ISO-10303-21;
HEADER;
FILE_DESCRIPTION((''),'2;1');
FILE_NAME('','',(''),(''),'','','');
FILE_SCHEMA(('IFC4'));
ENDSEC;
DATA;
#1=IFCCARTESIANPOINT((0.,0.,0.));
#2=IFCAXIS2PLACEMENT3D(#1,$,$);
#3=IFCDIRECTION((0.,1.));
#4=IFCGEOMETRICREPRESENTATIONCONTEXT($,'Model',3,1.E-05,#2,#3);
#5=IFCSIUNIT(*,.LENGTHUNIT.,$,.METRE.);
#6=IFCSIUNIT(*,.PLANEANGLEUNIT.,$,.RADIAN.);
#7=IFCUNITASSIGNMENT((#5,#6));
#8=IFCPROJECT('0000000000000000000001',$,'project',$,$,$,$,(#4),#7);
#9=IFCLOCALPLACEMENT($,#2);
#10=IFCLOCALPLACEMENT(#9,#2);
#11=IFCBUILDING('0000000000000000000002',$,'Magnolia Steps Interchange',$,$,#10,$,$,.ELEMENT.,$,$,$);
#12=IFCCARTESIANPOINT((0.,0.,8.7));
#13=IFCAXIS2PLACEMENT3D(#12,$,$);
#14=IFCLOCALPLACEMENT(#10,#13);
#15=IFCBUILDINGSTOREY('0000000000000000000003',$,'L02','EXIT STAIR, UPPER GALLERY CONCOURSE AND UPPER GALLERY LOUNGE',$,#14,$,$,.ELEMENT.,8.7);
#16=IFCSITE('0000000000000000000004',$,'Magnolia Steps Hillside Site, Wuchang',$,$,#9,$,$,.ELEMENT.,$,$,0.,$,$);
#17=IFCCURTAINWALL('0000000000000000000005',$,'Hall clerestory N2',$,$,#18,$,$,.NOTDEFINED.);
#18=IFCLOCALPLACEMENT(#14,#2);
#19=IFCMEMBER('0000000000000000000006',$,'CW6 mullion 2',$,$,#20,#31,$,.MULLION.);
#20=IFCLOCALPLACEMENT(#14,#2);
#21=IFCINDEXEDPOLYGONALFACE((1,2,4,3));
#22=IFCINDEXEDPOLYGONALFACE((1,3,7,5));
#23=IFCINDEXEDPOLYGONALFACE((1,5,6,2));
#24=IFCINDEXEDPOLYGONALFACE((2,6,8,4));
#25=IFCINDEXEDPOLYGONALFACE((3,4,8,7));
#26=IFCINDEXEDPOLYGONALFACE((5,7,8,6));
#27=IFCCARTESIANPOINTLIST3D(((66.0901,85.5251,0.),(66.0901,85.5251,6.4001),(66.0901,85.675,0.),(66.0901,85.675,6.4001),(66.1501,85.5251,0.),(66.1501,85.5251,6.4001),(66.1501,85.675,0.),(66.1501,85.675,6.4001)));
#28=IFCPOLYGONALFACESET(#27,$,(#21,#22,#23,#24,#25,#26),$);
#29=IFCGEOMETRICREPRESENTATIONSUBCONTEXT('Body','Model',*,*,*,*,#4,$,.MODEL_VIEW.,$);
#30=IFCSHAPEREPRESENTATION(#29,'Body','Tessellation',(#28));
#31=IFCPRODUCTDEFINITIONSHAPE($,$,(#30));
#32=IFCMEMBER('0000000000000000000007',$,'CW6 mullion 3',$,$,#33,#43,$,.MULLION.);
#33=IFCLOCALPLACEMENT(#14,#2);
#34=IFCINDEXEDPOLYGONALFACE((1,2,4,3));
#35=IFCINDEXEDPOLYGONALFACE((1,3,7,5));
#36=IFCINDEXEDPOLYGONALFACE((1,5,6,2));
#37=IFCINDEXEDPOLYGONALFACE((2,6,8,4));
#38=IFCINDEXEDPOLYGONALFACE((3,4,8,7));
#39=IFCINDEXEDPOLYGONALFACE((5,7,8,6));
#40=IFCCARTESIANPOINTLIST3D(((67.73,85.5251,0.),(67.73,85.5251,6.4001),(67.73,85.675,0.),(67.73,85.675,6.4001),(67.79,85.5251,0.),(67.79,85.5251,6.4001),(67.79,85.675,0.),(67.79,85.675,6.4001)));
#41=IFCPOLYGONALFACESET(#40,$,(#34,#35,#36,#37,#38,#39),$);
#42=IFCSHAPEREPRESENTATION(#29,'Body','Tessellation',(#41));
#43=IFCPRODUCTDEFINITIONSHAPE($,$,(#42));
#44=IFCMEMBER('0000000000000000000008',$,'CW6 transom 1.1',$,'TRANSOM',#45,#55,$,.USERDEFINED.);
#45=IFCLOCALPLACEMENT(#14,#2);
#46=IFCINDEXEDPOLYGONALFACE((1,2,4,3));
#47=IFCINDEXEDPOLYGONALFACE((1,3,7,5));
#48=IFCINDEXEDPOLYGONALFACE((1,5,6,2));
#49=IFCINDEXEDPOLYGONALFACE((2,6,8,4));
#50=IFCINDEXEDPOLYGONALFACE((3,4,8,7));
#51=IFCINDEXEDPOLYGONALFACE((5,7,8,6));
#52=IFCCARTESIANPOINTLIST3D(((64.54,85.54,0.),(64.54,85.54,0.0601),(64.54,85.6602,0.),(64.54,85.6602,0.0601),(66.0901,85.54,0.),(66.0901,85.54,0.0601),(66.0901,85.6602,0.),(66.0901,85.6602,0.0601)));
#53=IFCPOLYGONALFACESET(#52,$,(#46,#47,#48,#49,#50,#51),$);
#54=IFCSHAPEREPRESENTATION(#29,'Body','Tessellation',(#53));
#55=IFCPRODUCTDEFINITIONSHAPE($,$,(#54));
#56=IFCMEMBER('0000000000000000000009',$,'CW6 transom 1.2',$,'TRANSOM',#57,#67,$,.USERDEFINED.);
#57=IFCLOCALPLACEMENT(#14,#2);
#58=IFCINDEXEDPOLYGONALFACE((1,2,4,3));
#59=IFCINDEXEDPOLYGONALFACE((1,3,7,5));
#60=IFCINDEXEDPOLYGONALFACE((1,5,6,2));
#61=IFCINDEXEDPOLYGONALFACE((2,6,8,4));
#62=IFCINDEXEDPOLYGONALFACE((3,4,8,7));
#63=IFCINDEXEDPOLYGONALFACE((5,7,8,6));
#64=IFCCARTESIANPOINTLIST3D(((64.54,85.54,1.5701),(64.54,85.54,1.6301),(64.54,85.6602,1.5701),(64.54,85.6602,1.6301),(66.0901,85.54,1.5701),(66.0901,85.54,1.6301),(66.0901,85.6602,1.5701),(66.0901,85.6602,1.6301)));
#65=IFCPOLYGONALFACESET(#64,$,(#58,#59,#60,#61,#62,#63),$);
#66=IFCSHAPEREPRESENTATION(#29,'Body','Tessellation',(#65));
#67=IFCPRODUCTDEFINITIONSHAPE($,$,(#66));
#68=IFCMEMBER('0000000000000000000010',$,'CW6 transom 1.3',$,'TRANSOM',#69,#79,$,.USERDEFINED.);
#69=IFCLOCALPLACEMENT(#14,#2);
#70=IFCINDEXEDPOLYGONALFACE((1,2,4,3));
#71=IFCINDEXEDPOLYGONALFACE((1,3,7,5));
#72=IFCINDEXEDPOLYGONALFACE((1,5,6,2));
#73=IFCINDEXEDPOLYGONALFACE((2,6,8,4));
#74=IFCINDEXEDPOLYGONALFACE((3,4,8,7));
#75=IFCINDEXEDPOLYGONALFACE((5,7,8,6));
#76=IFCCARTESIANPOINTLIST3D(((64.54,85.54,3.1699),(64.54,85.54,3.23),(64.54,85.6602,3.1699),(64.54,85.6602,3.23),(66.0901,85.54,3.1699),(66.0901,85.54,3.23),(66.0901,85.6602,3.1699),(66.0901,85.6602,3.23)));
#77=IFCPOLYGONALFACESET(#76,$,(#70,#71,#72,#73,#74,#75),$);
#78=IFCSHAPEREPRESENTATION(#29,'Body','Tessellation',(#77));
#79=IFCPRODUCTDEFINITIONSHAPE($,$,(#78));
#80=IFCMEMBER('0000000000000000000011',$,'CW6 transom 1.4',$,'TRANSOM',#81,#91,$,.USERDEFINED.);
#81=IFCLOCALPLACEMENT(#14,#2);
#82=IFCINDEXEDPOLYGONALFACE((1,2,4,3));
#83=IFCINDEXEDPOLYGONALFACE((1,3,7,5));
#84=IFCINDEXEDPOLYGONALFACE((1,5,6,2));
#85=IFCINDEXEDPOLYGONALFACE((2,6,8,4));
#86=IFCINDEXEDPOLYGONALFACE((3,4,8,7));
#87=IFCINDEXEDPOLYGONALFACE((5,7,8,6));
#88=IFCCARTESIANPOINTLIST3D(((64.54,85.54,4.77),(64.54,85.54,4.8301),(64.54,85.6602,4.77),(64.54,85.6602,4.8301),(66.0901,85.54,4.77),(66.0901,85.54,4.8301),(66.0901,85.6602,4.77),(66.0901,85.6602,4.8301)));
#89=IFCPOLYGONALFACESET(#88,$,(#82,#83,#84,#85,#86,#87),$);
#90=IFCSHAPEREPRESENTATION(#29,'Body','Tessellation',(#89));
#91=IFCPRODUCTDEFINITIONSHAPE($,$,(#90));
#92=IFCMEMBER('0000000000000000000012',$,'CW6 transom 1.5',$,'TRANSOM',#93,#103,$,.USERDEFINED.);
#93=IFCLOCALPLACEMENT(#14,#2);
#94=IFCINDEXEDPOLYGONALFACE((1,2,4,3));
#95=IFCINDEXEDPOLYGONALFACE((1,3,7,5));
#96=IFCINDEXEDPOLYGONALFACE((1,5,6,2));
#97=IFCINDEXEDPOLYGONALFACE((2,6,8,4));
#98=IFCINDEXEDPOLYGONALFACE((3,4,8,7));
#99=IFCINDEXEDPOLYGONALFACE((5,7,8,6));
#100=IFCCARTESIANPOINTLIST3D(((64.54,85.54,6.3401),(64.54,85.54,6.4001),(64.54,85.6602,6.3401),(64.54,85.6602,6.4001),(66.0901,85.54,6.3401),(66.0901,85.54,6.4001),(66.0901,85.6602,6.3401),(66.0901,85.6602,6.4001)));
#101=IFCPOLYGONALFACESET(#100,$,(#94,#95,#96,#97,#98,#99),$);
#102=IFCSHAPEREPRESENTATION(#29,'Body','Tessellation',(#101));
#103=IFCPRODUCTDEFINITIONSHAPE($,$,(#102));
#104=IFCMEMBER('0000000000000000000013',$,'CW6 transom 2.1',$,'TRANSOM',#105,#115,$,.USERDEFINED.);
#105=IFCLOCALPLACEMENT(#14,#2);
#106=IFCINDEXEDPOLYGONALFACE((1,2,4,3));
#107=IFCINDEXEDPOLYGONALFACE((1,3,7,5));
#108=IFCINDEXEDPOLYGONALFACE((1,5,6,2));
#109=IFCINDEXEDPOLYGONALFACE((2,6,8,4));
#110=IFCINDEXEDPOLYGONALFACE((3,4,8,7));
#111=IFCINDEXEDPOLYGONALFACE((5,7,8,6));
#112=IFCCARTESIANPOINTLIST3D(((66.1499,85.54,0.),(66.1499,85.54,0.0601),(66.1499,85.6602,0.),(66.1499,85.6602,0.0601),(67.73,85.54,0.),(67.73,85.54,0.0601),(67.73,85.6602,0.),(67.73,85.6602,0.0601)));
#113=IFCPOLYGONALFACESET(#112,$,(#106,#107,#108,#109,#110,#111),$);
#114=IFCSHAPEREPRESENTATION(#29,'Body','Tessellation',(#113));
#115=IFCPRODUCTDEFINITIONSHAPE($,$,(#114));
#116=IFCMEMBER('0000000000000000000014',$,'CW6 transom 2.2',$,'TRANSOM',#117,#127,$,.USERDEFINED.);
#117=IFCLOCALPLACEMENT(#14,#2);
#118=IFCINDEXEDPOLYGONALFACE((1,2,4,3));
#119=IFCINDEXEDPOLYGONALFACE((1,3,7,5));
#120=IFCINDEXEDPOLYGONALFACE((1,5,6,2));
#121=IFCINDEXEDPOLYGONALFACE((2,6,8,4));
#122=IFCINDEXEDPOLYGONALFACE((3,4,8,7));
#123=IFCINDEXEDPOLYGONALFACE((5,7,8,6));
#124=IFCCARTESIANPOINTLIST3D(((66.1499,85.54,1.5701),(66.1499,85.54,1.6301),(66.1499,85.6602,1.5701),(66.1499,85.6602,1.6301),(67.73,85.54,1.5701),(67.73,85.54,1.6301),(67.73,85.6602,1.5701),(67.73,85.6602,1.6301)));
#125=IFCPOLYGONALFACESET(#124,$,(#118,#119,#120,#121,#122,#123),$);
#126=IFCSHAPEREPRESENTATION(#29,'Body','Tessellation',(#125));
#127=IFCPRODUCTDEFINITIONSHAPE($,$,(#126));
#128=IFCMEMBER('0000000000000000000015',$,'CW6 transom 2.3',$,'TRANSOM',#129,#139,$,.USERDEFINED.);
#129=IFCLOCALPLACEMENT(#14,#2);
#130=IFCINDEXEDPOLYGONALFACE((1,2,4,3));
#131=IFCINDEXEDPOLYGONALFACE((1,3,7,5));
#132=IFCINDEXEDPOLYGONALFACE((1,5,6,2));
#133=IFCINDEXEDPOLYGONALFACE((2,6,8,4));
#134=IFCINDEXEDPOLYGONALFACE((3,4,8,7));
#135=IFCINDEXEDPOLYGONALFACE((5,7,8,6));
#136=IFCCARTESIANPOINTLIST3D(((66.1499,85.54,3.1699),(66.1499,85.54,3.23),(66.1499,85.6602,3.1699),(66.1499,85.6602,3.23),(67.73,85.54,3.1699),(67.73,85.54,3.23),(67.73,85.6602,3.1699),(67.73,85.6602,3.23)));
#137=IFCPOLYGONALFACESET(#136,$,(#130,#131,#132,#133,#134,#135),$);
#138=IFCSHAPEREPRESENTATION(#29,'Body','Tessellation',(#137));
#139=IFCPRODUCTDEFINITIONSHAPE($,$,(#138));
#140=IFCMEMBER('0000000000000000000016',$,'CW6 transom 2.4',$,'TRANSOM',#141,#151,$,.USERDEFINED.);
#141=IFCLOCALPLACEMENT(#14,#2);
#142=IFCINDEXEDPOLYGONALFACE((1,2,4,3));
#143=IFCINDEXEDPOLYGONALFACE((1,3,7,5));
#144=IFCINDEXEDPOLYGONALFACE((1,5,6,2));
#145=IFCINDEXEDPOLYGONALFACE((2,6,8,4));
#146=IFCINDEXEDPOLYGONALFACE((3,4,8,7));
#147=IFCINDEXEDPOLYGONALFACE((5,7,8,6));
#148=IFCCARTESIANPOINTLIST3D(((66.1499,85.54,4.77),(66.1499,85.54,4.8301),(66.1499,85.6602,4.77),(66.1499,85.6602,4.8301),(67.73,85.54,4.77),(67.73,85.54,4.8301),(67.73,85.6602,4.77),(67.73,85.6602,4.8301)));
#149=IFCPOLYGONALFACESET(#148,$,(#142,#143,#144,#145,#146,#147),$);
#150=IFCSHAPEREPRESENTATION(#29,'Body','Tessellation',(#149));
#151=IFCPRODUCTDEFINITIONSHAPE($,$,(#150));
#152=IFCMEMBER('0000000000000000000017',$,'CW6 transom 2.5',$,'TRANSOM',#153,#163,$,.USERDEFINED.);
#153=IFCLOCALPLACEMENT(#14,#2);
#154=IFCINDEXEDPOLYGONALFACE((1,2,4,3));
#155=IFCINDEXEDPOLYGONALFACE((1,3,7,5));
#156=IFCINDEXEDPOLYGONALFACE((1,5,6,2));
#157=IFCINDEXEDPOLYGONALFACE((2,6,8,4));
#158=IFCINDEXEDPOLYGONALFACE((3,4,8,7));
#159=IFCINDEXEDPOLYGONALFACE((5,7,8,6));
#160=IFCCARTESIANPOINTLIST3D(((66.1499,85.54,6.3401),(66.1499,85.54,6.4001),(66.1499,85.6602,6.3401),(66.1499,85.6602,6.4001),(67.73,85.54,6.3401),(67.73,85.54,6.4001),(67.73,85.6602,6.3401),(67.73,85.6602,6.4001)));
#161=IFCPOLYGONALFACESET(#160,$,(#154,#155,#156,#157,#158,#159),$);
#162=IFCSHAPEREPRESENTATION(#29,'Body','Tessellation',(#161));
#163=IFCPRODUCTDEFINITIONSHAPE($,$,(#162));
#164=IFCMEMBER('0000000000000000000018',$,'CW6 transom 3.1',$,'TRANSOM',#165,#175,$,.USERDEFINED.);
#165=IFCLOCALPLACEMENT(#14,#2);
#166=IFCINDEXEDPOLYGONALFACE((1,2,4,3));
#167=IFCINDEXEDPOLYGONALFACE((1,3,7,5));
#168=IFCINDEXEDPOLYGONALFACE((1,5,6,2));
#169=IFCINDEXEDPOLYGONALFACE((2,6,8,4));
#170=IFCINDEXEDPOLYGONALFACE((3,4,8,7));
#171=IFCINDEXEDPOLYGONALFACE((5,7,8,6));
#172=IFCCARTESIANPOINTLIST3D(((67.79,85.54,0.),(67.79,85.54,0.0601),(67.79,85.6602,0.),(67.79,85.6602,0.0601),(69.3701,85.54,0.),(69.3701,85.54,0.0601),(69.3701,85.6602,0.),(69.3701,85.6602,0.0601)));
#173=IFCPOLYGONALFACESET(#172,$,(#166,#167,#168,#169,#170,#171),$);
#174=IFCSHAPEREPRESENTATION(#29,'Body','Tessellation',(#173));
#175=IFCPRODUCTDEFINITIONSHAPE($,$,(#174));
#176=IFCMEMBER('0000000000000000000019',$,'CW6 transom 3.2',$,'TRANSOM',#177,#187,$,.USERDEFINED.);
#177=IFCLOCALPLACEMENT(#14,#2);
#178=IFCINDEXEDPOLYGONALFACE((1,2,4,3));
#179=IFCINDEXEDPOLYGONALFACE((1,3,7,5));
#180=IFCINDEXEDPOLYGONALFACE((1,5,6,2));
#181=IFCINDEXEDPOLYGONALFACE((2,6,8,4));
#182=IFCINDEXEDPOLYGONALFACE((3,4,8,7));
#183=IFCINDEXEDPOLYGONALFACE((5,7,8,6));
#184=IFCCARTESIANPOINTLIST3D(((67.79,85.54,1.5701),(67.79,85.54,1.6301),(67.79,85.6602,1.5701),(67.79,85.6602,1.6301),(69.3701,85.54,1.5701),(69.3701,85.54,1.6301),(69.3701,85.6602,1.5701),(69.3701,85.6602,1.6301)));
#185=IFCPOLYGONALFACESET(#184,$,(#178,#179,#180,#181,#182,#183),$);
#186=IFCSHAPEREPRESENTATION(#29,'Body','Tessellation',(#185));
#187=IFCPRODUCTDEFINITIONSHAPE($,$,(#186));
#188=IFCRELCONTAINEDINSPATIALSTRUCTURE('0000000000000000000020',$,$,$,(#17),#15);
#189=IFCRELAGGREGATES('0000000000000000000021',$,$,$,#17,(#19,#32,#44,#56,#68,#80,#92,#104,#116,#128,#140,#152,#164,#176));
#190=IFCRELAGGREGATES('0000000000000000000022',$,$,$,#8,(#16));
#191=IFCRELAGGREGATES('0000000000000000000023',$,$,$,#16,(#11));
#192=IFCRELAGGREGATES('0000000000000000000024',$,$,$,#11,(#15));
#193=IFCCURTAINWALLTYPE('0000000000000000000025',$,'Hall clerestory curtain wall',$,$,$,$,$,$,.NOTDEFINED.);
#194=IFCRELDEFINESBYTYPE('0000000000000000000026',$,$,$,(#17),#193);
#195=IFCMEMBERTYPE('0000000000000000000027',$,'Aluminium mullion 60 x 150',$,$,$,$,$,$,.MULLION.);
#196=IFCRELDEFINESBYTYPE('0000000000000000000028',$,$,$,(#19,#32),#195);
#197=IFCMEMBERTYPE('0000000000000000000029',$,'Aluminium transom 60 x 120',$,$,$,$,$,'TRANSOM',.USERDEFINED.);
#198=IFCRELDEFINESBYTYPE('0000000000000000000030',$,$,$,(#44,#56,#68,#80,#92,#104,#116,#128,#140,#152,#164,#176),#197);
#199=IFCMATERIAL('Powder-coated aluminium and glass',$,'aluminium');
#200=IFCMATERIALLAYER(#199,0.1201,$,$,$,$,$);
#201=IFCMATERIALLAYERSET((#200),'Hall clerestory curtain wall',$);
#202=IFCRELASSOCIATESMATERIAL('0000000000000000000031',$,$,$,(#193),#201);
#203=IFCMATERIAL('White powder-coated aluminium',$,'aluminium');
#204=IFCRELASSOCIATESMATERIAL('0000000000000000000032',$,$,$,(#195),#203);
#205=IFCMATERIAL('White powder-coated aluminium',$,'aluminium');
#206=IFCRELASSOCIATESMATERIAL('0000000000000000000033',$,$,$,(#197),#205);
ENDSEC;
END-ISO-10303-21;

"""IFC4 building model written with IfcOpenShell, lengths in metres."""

from ifc_helpers import new_model, si_unit, direction, frame, origin, origin_2d, place, context, subcontext, project, spatial, rectangle, extrude, material, layer, layer_set, material_profile, profile_set, type_object, element, aggregate, save


model = new_model("IFC4")

# Units and contexts
model_context = context("Model", 3, precision=1e-05, world=origin(), true_north=direction((0.0, 1.0)))
body_context = subcontext(model_context, "Body", "Model", "MODEL_VIEW")
ifc_project = project(units=[si_unit("LENGTHUNIT", "METRE"), si_unit("PLANEANGLEUNIT", "RADIAN")], contexts=[model_context])

# Site, building, storey
site_placement = place(None, origin())
site = spatial("IfcSite", under=ifc_project, at=site_placement, Name="Magnolia Steps Hillside Site, Wuchang", CompositionType="ELEMENT", RefElevation=0.0)
building_placement = place(site_placement, origin())
building = spatial("IfcBuilding", under=site, at=building_placement, Name="Magnolia Steps Interchange", CompositionType="ELEMENT")
storey_placement = place(building_placement, frame((0.0, 0.0, 8.7)))
storey = spatial("IfcBuildingStorey", under=building, at=storey_placement, Name="L02", Description="EXIT STAIR, UPPER GALLERY CONCOURSE AND UPPER GALLERY LOUNGE", CompositionType="ELEMENT", Elevation=8.7)

# Curtain wall, members
ifc_material_1 = material(Name="Powder-coated aluminium and glass", Category="aluminium")
ifc_layer_1 = layer(ifc_material_1, 0.1201)
ifc_layer_set_1 = layer_set([ifc_layer_1], Name="Hall clerestory curtain wall")
curtain_wall_type = type_object("IfcCurtainWallType", Name="Hall clerestory curtain wall", PredefinedType="NOTDEFINED", material=ifc_layer_set_1)
curtain_wall_placement = place(storey_placement, origin())
curtain_wall = element("IfcCurtainWall", 1, at=curtain_wall_placement, inside=storey, type_object=curtain_wall_type, Name="Hall clerestory N2", PredefinedType="NOTDEFINED")
ifc_material_2 = material(Name="White powder-coated aluminium", Category="aluminium")
ifc_material_profile_1 = material_profile(ifc_material_2, rectangle(XDim=0.0601, YDim=0.1499, at=origin_2d()), Name="Aluminium mullion 60 x 150")
ifc_profile_set_1 = profile_set([ifc_material_profile_1], Name="White powder-coated aluminium")
member_type_1 = type_object("IfcMemberType", Name="Aluminium mullion 60 x 150", PredefinedType="MULLION", material=ifc_profile_set_1)
member_1_placement = place(storey_placement, frame((66.1201, 85.6001, 0.0), z_axis=(0.0, 0.0, 1.0), x_axis=(1.0, 0.0, 0.0)))
member_1 = element("IfcMember", 2, at=member_1_placement, type_object=member_type_1, Name="CW6 mullion 2", PredefinedType="MULLION", context=body_context, shape_type="SweptSolid", body=[
    extrude(rectangle(XDim=0.0601, YDim=0.1499, at=origin_2d()), origin(), (0.0, 0.0, 1.0), 6.4001),
])
member_2_placement = place(storey_placement, frame((67.76, 85.6001, 0.0), z_axis=(0.0, 0.0, 1.0), x_axis=(1.0, 0.0, 0.0)))
member_2 = element("IfcMember", 3, at=member_2_placement, type_object=member_type_1, Name="CW6 mullion 3", PredefinedType="MULLION", context=body_context, shape_type="SweptSolid", body=[
    extrude(rectangle(XDim=0.0601, YDim=0.1499, at=origin_2d()), origin(), (0.0, 0.0, 1.0), 6.4001),
])
ifc_material_3 = material(Name="White powder-coated aluminium", Category="aluminium")
ifc_material_profile_2 = material_profile(ifc_material_3, rectangle(XDim=0.0601, YDim=0.1201, at=origin_2d()), Name="Aluminium transom 60 x 120")
ifc_profile_set_2 = profile_set([ifc_material_profile_2], Name="White powder-coated aluminium")
member_type_2 = type_object("IfcMemberType", Name="Aluminium transom 60 x 120", ElementType="TRANSOM", PredefinedType="USERDEFINED", material=ifc_profile_set_2)
member_3_placement = place(storey_placement, frame((64.54, 85.6001, 0.03), z_axis=(1.0, 0.0, 0.0), x_axis=(0.0, 0.0, 1.0)))
member_3 = element("IfcMember", 4, at=member_3_placement, type_object=member_type_2, Name="CW6 transom 1.1", ObjectType="TRANSOM", PredefinedType="USERDEFINED", context=body_context, shape_type="SweptSolid", body=[
    extrude(rectangle(XDim=0.0601, YDim=0.1201, at=origin_2d()), origin(), (0.0, 0.0, 1.0), 1.55),
])
member_4_placement = place(storey_placement, frame((64.54, 85.6001, 1.6001), z_axis=(1.0, 0.0, 0.0), x_axis=(0.0, 0.0, 1.0)))
member_4 = element("IfcMember", 5, at=member_4_placement, type_object=member_type_2, Name="CW6 transom 1.2", ObjectType="TRANSOM", PredefinedType="USERDEFINED", context=body_context, shape_type="SweptSolid", body=[
    extrude(rectangle(XDim=0.0601, YDim=0.1201, at=origin_2d()), origin(), (0.0, 0.0, 1.0), 1.55),
])
member_5_placement = place(storey_placement, frame((64.54, 85.6001, 3.2), z_axis=(1.0, 0.0, 0.0), x_axis=(0.0, 0.0, 1.0)))
member_5 = element("IfcMember", 6, at=member_5_placement, type_object=member_type_2, Name="CW6 transom 1.3", ObjectType="TRANSOM", PredefinedType="USERDEFINED", context=body_context, shape_type="SweptSolid", body=[
    extrude(rectangle(XDim=0.0601, YDim=0.1201, at=origin_2d()), origin(), (0.0, 0.0, 1.0), 1.55),
])
member_6_placement = place(storey_placement, frame((64.54, 85.6001, 4.8), z_axis=(1.0, 0.0, 0.0), x_axis=(0.0, 0.0, 1.0)))
member_6 = element("IfcMember", 7, at=member_6_placement, type_object=member_type_2, Name="CW6 transom 1.4", ObjectType="TRANSOM", PredefinedType="USERDEFINED", context=body_context, shape_type="SweptSolid", body=[
    extrude(rectangle(XDim=0.0601, YDim=0.1201, at=origin_2d()), origin(), (0.0, 0.0, 1.0), 1.55),
])
member_7_placement = place(storey_placement, frame((64.54, 85.6001, 6.3701), z_axis=(1.0, 0.0, 0.0), x_axis=(0.0, 0.0, 1.0)))
member_7 = element("IfcMember", 8, at=member_7_placement, type_object=member_type_2, Name="CW6 transom 1.5", ObjectType="TRANSOM", PredefinedType="USERDEFINED", context=body_context, shape_type="SweptSolid", body=[
    extrude(rectangle(XDim=0.0601, YDim=0.1201, at=origin_2d()), origin(), (0.0, 0.0, 1.0), 1.55),
])
member_8_placement = place(storey_placement, frame((66.1499, 85.6001, 0.03), z_axis=(1.0, 0.0, 0.0), x_axis=(0.0, 0.0, 1.0)))
member_8 = element("IfcMember", 9, at=member_8_placement, type_object=member_type_2, Name="CW6 transom 2.1", ObjectType="TRANSOM", PredefinedType="USERDEFINED", context=body_context, shape_type="SweptSolid", body=[
    extrude(rectangle(XDim=0.0601, YDim=0.1201, at=origin_2d()), origin(), (0.0, 0.0, 1.0), 1.5801),
])
member_9_placement = place(storey_placement, frame((66.1499, 85.6001, 1.6001), z_axis=(1.0, 0.0, 0.0), x_axis=(0.0, 0.0, 1.0)))
member_9 = element("IfcMember", 10, at=member_9_placement, type_object=member_type_2, Name="CW6 transom 2.2", ObjectType="TRANSOM", PredefinedType="USERDEFINED", context=body_context, shape_type="SweptSolid", body=[
    extrude(rectangle(XDim=0.0601, YDim=0.1201, at=origin_2d()), origin(), (0.0, 0.0, 1.0), 1.5801),
])
member_10_placement = place(storey_placement, frame((66.1499, 85.6001, 3.2), z_axis=(1.0, 0.0, 0.0), x_axis=(0.0, 0.0, 1.0)))
member_10 = element("IfcMember", 11, at=member_10_placement, type_object=member_type_2, Name="CW6 transom 2.3", ObjectType="TRANSOM", PredefinedType="USERDEFINED", context=body_context, shape_type="SweptSolid", body=[
    extrude(rectangle(XDim=0.0601, YDim=0.1201, at=origin_2d()), origin(), (0.0, 0.0, 1.0), 1.5801),
])
member_11_placement = place(storey_placement, frame((66.1499, 85.6001, 4.8), z_axis=(1.0, 0.0, 0.0), x_axis=(0.0, 0.0, 1.0)))
member_11 = element("IfcMember", 12, at=member_11_placement, type_object=member_type_2, Name="CW6 transom 2.4", ObjectType="TRANSOM", PredefinedType="USERDEFINED", context=body_context, shape_type="SweptSolid", body=[
    extrude(rectangle(XDim=0.0601, YDim=0.1201, at=origin_2d()), origin(), (0.0, 0.0, 1.0), 1.5801),
])
member_12_placement = place(storey_placement, frame((66.1499, 85.6001, 6.3701), z_axis=(1.0, 0.0, 0.0), x_axis=(0.0, 0.0, 1.0)))
member_12 = element("IfcMember", 13, at=member_12_placement, type_object=member_type_2, Name="CW6 transom 2.5", ObjectType="TRANSOM", PredefinedType="USERDEFINED", context=body_context, shape_type="SweptSolid", body=[
    extrude(rectangle(XDim=0.0601, YDim=0.1201, at=origin_2d()), origin(), (0.0, 0.0, 1.0), 1.5801),
])
member_13_placement = place(storey_placement, frame((67.79, 85.6001, 0.03), z_axis=(1.0, 0.0, 0.0), x_axis=(0.0, 0.0, 1.0)))
member_13 = element("IfcMember", 14, at=member_13_placement, type_object=member_type_2, Name="CW6 transom 3.1", ObjectType="TRANSOM", PredefinedType="USERDEFINED", context=body_context, shape_type="SweptSolid", body=[
    extrude(rectangle(XDim=0.0601, YDim=0.1201, at=origin_2d()), origin(), (0.0, 0.0, 1.0), 1.5801),
])
member_14_placement = place(storey_placement, frame((67.79, 85.6001, 1.6001), z_axis=(1.0, 0.0, 0.0), x_axis=(0.0, 0.0, 1.0)))
member_14 = element("IfcMember", 15, at=member_14_placement, type_object=member_type_2, Name="CW6 transom 3.2", ObjectType="TRANSOM", PredefinedType="USERDEFINED", context=body_context, shape_type="SweptSolid", body=[
    extrude(rectangle(XDim=0.0601, YDim=0.1201, at=origin_2d()), origin(), (0.0, 0.0, 1.0), 1.5801),
])
aggregate(curtain_wall, [member_1, member_2, member_3, member_4, member_5, member_6, member_7, member_8, member_9, member_10, member_11, member_12, member_13, member_14])

save(model, "model.ifc")
